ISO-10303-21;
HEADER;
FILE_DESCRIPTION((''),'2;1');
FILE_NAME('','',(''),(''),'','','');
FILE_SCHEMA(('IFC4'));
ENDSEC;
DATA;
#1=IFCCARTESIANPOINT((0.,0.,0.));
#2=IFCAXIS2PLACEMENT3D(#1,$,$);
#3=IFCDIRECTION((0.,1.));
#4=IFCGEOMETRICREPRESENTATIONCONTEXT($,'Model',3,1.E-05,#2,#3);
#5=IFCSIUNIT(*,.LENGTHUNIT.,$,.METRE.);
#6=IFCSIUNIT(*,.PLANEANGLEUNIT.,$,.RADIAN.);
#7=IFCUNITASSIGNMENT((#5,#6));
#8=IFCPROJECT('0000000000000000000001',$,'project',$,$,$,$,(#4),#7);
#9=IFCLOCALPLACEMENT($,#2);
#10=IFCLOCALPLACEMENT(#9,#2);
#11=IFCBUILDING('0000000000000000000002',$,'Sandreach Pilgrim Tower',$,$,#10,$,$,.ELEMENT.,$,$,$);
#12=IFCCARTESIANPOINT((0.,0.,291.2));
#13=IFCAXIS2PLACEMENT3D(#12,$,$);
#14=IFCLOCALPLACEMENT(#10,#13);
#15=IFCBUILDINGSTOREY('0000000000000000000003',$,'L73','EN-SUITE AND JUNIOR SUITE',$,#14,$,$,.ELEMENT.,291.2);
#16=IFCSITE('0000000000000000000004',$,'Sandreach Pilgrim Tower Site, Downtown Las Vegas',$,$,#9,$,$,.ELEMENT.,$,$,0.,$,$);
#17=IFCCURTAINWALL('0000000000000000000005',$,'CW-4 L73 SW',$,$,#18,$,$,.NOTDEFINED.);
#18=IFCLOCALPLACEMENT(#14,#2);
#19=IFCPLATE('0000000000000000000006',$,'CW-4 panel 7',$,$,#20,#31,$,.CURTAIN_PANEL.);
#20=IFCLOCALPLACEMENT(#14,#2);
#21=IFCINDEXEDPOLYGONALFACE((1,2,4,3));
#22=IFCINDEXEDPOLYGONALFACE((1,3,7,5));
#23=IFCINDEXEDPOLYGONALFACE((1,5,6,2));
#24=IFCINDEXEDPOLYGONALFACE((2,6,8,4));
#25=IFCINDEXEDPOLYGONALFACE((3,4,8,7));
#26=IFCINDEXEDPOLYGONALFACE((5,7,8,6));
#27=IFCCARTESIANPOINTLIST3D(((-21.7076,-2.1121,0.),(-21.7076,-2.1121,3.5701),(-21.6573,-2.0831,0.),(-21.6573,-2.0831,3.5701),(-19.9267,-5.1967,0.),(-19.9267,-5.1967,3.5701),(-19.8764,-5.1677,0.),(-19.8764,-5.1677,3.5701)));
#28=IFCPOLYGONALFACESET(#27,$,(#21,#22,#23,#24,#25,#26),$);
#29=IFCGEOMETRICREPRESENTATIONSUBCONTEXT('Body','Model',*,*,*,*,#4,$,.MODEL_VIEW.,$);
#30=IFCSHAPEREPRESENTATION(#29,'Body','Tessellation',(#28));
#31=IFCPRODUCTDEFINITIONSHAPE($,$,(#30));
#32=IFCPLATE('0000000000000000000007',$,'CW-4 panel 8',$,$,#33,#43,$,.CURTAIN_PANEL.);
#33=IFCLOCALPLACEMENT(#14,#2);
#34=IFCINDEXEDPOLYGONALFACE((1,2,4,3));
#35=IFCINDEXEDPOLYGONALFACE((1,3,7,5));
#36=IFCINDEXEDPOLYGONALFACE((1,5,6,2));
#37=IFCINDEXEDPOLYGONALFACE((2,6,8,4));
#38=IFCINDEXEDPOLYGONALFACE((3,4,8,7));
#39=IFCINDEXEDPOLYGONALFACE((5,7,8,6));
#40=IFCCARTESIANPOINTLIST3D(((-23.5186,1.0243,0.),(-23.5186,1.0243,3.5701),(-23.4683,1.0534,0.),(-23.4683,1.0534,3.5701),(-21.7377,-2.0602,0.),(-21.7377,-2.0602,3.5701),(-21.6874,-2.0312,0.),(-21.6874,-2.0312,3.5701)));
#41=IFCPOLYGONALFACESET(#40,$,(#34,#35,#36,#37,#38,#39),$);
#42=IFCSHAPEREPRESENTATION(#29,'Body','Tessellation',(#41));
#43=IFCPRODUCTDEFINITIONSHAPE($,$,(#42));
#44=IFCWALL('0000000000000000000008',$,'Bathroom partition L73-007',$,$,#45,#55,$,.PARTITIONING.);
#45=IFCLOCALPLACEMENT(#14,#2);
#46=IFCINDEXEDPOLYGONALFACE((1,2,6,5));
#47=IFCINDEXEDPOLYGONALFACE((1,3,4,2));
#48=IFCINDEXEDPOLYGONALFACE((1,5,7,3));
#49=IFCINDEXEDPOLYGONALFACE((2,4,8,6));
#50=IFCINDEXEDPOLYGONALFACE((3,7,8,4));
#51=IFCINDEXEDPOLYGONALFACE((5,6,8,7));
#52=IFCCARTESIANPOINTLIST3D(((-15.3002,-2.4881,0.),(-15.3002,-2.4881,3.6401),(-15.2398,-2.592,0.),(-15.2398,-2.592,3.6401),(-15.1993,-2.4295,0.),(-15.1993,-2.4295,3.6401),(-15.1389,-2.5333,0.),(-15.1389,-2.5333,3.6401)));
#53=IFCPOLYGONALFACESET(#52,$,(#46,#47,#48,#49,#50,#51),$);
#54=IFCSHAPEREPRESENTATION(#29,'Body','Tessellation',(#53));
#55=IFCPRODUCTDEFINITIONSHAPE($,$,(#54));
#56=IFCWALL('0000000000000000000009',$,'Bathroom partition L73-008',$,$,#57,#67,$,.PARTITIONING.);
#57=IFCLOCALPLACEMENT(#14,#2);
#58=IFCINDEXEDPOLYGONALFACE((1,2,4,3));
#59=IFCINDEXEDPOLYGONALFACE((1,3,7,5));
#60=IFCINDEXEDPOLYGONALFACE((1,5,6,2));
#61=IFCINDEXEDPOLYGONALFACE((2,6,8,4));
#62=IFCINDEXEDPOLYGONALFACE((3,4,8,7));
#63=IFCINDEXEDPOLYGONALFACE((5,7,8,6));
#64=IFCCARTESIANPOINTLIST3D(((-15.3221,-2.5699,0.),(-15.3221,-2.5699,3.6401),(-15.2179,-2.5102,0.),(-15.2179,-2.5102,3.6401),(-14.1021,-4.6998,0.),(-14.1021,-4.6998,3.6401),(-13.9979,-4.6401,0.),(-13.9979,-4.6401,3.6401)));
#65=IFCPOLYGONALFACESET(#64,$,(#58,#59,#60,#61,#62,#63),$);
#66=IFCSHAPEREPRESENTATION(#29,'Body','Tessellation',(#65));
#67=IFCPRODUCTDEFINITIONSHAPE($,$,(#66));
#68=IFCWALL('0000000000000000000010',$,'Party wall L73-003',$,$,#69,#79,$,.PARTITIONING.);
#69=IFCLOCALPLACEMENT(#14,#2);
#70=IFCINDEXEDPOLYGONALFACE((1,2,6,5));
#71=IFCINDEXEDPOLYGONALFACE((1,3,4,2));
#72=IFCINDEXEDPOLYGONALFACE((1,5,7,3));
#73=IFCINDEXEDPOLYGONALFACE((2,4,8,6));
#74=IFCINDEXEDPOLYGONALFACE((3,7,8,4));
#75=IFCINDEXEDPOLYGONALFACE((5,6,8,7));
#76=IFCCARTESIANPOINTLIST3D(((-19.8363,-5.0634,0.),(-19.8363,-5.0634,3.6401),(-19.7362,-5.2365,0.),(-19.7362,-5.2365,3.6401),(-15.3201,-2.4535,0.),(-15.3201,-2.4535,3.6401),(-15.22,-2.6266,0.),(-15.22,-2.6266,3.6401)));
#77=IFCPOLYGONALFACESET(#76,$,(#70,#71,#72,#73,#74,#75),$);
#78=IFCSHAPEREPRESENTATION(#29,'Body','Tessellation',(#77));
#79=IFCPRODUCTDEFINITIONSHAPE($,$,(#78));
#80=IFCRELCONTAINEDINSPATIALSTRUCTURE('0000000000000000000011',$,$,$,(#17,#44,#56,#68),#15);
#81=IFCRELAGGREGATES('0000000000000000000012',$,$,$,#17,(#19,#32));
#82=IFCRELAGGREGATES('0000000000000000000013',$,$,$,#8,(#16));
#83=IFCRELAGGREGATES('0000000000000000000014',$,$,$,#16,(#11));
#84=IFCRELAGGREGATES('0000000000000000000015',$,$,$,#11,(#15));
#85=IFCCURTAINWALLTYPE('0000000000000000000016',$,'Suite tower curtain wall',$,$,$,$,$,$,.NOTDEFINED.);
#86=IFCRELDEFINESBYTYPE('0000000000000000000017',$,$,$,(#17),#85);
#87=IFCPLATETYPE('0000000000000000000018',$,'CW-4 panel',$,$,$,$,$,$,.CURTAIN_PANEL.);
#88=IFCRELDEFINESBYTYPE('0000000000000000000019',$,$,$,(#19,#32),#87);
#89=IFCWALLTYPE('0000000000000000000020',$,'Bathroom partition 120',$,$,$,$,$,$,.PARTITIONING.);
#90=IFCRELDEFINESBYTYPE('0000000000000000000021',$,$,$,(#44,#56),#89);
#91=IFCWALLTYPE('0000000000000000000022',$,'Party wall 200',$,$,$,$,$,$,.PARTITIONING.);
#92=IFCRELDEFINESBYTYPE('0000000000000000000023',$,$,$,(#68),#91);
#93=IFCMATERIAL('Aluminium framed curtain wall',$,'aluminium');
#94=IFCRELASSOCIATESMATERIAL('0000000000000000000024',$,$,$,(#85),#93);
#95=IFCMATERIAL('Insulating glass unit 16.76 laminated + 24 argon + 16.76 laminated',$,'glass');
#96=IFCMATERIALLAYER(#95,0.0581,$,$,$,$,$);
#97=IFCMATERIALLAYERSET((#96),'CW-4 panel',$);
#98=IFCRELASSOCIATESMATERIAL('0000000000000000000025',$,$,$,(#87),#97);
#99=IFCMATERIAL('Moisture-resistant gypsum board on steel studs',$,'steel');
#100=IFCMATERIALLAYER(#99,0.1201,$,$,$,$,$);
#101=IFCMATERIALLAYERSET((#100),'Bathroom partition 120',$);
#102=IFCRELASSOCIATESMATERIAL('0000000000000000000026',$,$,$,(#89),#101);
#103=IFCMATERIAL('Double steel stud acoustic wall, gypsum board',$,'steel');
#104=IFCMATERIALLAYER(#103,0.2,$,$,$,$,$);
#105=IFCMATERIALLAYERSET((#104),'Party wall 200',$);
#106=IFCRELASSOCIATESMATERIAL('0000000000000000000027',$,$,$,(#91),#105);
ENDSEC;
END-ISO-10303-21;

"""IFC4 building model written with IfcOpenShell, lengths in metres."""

from ifc_helpers import new_model, si_unit, direction, frame, frame_2d, origin, origin_2d, place, context, subcontext, project, spatial, rectangle, extrude, material, layer, layer_set, type_object, element, aggregate, save


model = new_model("IFC4")

# Units and contexts
model_context = context("Model", 3, precision=1e-05, world=origin(), true_north=direction((0.0, 1.0)))
body_context = subcontext(model_context, "Body", "Model", "MODEL_VIEW")
ifc_project = project(units=[si_unit("LENGTHUNIT", "METRE"), si_unit("PLANEANGLEUNIT", "RADIAN")], contexts=[model_context])

# Site, building, storey
site_placement = place(None, origin())
site = spatial("IfcSite", under=ifc_project, at=site_placement, Name="Sandreach Pilgrim Tower Site, Downtown Las Vegas", CompositionType="ELEMENT", RefElevation=0.0)
building_placement = place(site_placement, origin())
building = spatial("IfcBuilding", under=site, at=building_placement, Name="Sandreach Pilgrim Tower", CompositionType="ELEMENT")
storey_placement = place(building_placement, frame((0.0, 0.0, 291.2)))
storey = spatial("IfcBuildingStorey", under=building, at=storey_placement, Name="L73", Description="EN-SUITE AND JUNIOR SUITE", CompositionType="ELEMENT", Elevation=291.2)

# Curtain wall
ifc_material_1 = material(Name="Aluminium framed curtain wall", Category="aluminium")
curtain_wall_type = type_object("IfcCurtainWallType", Name="Suite tower curtain wall", PredefinedType="NOTDEFINED", material=ifc_material_1)
curtain_wall_placement = place(storey_placement, origin())
curtain_wall = element("IfcCurtainWall", 1, at=curtain_wall_placement, inside=storey, type_object=curtain_wall_type, Name="CW-4 L73 SW", PredefinedType="NOTDEFINED")

# Plates
ifc_material_2 = material(Name="Insulating glass unit 16.76 laminated + 24 argon + 16.76 laminated", Category="glass")
ifc_layer_1 = layer(ifc_material_2, 0.0581)
ifc_layer_set_1 = layer_set([ifc_layer_1], Name="CW-4 panel")
plate_type = type_object("IfcPlateType", Name="CW-4 panel", PredefinedType="CURTAIN_PANEL", material=ifc_layer_set_1)
plate_1_placement = place(storey_placement, frame((-20.792, -3.6399, 0.0), z_axis=(0.0, 0.0, 1.0), x_axis=(-0.5, 0.866025, 0.0)))
plate_1 = element("IfcPlate", 2, at=plate_1_placement, type_object=plate_type, Name="CW-4 panel 7", PredefinedType="CURTAIN_PANEL", context=body_context, shape_type="SweptSolid", body=[
    extrude(rectangle(XDim=3.5618, YDim=0.0581, at=origin_2d()), origin(), (0.0, 0.0, 1.0), 3.5701),
])
plate_2_placement = place(storey_placement, frame((-22.603, -0.5034, 0.0), z_axis=(0.0, 0.0, 1.0), x_axis=(-0.5, 0.866025, 0.0)))
plate_2 = element("IfcPlate", 3, at=plate_2_placement, type_object=plate_type, Name="CW-4 panel 8", PredefinedType="CURTAIN_PANEL", context=body_context, shape_type="SweptSolid", body=[
    extrude(rectangle(XDim=3.5618, YDim=0.0581, at=origin_2d()), origin(), (0.0, 0.0, 1.0), 3.5701),
])
aggregate(curtain_wall, [plate_1, plate_2])

# Walls
ifc_material_3 = material(Name="Moisture-resistant gypsum board on steel studs", Category="steel")
ifc_layer_2 = layer(ifc_material_3, 0.1201)
ifc_layer_set_2 = layer_set([ifc_layer_2], Name="Bathroom partition 120")
wall_type_1 = type_object("IfcWallType", Name="Bathroom partition 120", PredefinedType="PARTITIONING", material=ifc_layer_set_2)
wall_1_placement = place(storey_placement, frame((-15.27, -2.54, 0.0), z_axis=(0.0, 0.0, 1.0), x_axis=(0.864613, 0.502439, 0.0)))
element("IfcWall", 4, at=wall_1_placement, inside=storey, type_object=wall_type_1, Name="Bathroom partition L73-007", PredefinedType="PARTITIONING", context=body_context, shape_type="SweptSolid", body=[
    extrude(rectangle(XDim=0.1167, YDim=0.1201, at=frame_2d((0.0583, 0.0))), origin(), (0.0, 0.0, 1.0), 3.6401),
])
wall_2_placement = place(storey_placement, frame((-15.27, -2.54, 0.0), z_axis=(0.0, 0.0, 1.0), x_axis=(0.497028, -0.867735, 0.0)))
element("IfcWall", 5, at=wall_2_placement, inside=storey, type_object=wall_type_1, Name="Bathroom partition L73-008", PredefinedType="PARTITIONING", context=body_context, shape_type="SweptSolid", body=[
    extrude(rectangle(XDim=2.4546, YDim=0.1201, at=frame_2d((1.2273, 0.0))), origin(), (0.0, 0.0, 1.0), 3.6401),
])
ifc_material_4 = material(Name="Double steel stud acoustic wall, gypsum board", Category="steel")
ifc_layer_3 = layer(ifc_material_4, 0.2)
ifc_layer_set_3 = layer_set([ifc_layer_3], Name="Party wall 200")
wall_type_2 = type_object("IfcWallType", Name="Party wall 200", PredefinedType="PARTITIONING", material=ifc_layer_set_3)
wall_3_placement = place(storey_placement, frame((-19.7861, -5.1499, 0.0), z_axis=(0.0, 0.0, 1.0), x_axis=(0.865819, 0.500357, 0.0)))
element("IfcWall", 6, at=wall_3_placement, inside=storey, type_object=wall_type_2, Name="Party wall L73-003", PredefinedType="PARTITIONING", context=body_context, shape_type="SweptSolid", body=[
    extrude(rectangle(XDim=5.2161, YDim=0.2, at=frame_2d((2.6079, 0.0))), origin(), (0.0, 0.0, 1.0), 3.6401),
])

save(model, "model.ifc")
